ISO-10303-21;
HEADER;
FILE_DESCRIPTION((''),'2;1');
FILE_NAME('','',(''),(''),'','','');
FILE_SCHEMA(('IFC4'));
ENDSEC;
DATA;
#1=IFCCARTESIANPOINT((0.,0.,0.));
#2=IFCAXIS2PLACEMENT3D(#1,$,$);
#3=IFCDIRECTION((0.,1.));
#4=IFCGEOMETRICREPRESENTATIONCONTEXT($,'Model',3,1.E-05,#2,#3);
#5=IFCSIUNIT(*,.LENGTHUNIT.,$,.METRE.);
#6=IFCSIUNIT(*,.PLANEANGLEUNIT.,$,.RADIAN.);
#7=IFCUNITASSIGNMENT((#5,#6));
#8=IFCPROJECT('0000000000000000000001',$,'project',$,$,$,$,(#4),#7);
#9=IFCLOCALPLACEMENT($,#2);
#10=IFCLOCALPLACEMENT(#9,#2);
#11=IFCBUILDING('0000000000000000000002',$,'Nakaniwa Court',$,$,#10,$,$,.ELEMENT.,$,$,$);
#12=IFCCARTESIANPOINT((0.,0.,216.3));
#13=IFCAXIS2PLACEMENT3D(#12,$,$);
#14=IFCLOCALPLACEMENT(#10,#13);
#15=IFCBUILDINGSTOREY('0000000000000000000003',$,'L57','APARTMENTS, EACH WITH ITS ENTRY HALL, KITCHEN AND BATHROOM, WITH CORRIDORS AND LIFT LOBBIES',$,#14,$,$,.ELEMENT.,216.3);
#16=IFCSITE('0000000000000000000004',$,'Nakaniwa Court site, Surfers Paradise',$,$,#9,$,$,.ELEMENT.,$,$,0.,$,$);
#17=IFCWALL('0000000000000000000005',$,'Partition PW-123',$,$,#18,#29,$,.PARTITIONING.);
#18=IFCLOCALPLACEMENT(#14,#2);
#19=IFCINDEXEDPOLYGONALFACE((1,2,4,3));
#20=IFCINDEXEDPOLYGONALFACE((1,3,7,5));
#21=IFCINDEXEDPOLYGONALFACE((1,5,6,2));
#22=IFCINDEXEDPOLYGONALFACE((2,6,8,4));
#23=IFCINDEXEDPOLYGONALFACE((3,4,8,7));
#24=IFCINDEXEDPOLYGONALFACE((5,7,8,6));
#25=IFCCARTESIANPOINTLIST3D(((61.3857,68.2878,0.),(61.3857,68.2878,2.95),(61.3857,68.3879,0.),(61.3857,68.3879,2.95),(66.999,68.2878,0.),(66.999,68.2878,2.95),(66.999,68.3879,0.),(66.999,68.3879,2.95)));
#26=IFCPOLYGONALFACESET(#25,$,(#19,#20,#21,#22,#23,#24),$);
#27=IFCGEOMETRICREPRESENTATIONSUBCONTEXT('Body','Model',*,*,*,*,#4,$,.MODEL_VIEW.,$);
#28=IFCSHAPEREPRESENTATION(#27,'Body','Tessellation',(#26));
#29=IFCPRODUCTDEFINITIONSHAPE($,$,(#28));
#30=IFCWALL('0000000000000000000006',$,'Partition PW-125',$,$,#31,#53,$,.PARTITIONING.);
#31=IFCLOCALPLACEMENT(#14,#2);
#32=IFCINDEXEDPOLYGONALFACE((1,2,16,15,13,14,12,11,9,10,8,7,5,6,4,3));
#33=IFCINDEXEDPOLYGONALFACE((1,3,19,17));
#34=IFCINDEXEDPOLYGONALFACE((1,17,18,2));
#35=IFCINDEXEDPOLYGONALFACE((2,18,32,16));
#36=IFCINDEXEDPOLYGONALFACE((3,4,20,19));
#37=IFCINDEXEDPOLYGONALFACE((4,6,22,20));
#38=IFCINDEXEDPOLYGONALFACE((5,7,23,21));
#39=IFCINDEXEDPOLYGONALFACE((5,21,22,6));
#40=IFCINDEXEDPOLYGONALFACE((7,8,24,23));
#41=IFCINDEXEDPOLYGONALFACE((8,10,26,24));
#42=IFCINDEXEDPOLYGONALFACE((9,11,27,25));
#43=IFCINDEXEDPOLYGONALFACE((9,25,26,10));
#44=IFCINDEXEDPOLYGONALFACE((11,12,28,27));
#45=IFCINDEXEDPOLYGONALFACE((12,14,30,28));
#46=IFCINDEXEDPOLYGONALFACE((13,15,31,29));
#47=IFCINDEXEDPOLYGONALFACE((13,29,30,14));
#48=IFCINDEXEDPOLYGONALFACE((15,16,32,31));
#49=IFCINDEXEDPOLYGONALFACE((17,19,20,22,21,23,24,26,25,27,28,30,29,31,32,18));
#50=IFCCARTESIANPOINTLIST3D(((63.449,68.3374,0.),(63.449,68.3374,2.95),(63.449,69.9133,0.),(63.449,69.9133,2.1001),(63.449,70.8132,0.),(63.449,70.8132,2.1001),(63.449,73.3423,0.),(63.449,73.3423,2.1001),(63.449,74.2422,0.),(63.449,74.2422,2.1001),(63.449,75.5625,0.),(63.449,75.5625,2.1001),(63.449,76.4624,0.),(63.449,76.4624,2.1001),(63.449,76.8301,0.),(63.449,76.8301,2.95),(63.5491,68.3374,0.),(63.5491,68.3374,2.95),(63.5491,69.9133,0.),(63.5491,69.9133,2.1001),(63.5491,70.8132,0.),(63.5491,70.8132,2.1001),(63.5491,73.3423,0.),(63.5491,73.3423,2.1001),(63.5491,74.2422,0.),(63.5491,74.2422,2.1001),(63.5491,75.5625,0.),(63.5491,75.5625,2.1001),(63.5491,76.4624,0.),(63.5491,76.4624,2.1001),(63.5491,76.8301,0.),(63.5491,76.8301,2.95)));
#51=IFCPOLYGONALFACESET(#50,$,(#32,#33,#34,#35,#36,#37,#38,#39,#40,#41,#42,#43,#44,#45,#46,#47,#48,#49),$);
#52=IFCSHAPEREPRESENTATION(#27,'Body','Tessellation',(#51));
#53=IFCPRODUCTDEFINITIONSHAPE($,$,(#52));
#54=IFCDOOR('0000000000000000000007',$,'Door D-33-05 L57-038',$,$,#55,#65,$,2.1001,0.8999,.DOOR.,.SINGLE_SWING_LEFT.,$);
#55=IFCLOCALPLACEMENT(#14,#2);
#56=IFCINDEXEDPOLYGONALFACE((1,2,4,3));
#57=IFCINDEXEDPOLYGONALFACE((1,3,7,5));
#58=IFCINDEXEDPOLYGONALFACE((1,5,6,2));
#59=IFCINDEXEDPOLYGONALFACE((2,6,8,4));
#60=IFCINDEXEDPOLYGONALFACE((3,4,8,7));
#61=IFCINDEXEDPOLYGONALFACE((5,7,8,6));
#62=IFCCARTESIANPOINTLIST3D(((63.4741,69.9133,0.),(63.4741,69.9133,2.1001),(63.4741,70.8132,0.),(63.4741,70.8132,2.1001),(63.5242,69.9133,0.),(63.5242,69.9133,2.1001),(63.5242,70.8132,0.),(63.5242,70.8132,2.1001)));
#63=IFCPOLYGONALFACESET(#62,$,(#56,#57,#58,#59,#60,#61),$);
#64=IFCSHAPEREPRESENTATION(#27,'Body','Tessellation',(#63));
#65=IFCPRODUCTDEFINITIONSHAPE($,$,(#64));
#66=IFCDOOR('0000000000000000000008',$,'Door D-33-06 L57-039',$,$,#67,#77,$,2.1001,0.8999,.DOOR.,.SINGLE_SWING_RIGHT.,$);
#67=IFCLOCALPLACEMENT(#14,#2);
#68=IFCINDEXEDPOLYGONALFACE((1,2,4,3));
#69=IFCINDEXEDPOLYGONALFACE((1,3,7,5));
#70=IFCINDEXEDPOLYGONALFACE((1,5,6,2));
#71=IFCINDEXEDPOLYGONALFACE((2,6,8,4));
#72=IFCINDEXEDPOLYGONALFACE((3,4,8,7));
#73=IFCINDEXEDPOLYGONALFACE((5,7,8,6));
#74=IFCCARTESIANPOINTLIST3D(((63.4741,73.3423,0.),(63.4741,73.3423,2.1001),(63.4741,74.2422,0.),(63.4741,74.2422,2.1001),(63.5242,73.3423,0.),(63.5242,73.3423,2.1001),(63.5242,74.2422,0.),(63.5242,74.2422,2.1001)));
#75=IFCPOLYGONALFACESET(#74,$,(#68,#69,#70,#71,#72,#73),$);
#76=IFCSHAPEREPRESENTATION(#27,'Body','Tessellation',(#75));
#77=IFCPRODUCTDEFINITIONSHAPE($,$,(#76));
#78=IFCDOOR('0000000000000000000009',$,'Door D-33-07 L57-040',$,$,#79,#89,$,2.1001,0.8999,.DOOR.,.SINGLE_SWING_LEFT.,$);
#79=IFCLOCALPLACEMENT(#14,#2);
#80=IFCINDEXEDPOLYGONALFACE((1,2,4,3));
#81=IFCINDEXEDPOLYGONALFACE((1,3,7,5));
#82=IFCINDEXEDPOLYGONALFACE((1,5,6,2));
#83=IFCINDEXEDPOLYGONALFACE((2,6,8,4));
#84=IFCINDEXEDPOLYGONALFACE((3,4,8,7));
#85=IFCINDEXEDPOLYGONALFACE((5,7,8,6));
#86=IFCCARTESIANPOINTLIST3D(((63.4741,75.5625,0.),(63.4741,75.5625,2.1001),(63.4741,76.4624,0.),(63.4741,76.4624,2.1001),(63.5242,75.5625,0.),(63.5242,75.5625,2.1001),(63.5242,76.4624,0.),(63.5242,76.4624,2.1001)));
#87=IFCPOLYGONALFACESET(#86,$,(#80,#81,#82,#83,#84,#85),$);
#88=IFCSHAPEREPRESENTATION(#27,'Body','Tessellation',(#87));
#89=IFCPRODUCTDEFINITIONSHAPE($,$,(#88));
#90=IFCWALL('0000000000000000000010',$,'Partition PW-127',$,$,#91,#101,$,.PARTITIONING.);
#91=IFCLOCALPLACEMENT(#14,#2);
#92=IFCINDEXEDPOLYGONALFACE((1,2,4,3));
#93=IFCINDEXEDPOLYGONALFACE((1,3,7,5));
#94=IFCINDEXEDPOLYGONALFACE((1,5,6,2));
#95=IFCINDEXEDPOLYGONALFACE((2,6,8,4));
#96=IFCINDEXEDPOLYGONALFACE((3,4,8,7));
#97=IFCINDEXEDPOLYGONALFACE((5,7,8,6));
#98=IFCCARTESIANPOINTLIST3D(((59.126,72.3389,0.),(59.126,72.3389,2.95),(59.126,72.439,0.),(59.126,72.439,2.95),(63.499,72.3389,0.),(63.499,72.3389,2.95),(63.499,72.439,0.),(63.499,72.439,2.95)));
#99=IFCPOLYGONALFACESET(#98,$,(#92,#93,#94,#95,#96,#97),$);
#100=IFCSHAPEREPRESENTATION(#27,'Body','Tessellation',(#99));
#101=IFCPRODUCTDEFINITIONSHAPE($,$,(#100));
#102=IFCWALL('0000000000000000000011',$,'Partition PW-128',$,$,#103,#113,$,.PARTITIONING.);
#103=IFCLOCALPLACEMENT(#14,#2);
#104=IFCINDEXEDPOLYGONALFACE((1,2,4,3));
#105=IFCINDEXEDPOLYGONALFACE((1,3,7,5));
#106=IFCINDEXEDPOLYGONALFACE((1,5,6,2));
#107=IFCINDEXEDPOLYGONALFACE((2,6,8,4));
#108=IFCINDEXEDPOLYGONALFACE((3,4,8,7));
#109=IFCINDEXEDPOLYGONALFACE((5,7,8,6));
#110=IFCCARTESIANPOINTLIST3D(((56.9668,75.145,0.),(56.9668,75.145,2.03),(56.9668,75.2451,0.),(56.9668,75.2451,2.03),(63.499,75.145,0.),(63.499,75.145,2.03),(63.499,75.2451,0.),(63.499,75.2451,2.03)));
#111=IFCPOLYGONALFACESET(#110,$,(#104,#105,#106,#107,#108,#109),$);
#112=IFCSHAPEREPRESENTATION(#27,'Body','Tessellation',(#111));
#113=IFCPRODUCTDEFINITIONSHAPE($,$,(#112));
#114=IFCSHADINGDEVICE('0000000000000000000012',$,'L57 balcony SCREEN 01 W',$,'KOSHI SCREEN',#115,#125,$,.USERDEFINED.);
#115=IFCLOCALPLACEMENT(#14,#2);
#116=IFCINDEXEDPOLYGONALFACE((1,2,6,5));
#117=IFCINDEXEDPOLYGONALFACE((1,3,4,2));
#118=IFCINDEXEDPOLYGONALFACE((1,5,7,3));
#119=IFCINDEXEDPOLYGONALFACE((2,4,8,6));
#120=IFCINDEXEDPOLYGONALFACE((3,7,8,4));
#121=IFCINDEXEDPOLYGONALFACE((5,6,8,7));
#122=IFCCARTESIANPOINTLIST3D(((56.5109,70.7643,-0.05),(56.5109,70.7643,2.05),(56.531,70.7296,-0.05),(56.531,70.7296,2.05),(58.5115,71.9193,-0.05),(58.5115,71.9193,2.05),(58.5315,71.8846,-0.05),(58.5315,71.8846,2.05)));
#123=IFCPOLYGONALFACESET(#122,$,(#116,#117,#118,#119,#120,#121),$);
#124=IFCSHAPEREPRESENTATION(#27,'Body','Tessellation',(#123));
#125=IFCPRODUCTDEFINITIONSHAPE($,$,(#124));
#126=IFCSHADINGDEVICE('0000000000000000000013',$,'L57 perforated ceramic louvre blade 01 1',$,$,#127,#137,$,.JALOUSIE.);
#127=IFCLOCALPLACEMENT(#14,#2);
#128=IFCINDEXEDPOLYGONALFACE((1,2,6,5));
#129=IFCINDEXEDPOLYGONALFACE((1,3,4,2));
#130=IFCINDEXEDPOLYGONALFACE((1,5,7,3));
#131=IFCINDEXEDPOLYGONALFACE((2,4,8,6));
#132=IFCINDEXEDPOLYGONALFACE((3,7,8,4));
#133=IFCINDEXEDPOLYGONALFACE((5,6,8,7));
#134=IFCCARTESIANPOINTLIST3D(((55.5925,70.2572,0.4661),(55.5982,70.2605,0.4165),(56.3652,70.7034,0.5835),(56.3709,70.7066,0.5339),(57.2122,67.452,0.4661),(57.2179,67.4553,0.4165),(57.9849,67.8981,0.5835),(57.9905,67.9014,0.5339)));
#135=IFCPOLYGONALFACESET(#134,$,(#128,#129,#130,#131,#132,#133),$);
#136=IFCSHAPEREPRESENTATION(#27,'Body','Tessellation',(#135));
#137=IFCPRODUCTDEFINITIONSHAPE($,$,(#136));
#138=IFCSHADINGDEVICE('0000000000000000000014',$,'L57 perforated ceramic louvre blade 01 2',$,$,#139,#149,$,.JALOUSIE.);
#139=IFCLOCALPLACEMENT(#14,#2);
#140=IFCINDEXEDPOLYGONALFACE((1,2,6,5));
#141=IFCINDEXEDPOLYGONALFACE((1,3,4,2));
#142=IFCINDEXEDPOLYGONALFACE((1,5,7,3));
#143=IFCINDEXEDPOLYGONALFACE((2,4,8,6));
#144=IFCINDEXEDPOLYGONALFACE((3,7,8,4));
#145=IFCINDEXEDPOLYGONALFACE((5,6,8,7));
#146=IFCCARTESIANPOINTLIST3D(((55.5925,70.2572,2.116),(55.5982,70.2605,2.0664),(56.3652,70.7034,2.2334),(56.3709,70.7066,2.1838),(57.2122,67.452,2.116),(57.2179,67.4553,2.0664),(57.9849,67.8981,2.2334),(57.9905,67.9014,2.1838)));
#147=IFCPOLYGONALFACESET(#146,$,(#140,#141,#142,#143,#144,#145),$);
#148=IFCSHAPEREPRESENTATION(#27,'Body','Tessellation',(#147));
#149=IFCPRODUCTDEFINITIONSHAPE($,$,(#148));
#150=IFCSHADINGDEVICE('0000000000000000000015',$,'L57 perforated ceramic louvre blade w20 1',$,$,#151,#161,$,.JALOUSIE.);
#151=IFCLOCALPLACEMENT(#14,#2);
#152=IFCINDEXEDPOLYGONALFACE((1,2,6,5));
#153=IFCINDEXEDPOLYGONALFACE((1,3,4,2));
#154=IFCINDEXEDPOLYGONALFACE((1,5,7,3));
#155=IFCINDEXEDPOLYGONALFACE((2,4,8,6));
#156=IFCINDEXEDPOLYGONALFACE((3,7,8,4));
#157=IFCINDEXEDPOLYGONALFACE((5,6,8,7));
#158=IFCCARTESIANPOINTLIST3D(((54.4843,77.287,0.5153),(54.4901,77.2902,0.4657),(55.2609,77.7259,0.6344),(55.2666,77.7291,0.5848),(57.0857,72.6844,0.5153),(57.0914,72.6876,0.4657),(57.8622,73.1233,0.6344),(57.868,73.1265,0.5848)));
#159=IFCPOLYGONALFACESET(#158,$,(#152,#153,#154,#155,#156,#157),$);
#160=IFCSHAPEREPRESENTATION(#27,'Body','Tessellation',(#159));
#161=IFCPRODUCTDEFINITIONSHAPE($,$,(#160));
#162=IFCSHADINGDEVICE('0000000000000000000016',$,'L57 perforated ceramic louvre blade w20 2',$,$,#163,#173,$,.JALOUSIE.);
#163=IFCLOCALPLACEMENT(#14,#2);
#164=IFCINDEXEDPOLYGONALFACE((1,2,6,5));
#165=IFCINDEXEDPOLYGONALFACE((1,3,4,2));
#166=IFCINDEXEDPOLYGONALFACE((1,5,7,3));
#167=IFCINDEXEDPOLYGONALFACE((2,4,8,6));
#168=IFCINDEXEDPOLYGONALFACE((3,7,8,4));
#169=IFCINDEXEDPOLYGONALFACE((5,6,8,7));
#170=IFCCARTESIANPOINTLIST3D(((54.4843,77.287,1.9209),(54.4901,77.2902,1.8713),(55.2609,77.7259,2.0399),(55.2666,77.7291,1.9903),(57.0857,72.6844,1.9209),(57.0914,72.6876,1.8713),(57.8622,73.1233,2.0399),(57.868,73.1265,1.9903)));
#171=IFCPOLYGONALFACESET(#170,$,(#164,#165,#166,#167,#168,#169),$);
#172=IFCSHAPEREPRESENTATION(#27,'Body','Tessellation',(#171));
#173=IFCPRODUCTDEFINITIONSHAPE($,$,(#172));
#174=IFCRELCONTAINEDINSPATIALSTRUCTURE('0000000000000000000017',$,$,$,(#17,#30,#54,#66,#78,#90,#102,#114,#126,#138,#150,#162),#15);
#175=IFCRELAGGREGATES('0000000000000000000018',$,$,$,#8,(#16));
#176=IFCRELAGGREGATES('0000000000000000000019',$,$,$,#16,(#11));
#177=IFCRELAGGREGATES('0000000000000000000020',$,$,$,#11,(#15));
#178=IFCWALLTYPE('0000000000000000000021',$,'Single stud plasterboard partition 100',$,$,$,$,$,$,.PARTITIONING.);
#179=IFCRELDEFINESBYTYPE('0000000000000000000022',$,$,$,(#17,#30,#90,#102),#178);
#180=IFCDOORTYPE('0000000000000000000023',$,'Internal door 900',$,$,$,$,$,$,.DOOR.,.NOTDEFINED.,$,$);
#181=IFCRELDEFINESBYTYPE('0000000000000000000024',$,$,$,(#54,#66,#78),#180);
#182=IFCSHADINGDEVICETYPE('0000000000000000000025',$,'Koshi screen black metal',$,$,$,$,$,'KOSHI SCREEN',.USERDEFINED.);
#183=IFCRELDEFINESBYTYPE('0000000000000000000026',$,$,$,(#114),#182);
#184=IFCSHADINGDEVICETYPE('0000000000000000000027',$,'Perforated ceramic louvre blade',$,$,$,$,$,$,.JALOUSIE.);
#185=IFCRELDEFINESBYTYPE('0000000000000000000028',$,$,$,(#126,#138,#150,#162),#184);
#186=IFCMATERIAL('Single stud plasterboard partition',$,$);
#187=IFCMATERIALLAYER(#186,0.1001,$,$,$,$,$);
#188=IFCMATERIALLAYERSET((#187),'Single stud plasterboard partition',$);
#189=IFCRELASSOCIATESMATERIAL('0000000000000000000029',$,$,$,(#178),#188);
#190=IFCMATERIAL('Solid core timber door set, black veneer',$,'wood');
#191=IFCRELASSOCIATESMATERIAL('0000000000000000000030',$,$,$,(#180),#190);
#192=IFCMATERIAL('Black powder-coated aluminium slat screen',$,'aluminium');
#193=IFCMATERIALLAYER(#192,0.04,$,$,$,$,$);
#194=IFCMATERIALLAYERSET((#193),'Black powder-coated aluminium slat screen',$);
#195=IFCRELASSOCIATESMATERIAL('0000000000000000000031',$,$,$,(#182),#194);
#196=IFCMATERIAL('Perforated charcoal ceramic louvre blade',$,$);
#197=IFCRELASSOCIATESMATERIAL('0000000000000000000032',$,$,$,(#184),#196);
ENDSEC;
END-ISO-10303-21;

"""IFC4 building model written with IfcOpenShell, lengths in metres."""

from ifc_helpers import new_model, si_unit, direction, frame, frame_2d, origin, origin_2d, place, context, subcontext, project, spatial, rectangle, extrude, material, layer, layer_set, material_profile, profile_set, type_object, element, fill, save


model = new_model("IFC4")

# Units and contexts
model_context = context("Model", 3, precision=1e-05, world=origin(), true_north=direction((0.0, 1.0)))
body_context = subcontext(model_context, "Body", "Model", "MODEL_VIEW")
ifc_project = project(units=[si_unit("LENGTHUNIT", "METRE"), si_unit("PLANEANGLEUNIT", "RADIAN")], contexts=[model_context])

# Site, building, storey
site_placement = place(None, origin())
site = spatial("IfcSite", under=ifc_project, at=site_placement, Name="Nakaniwa Court site, Surfers Paradise", CompositionType="ELEMENT", RefElevation=0.0)
building_placement = place(site_placement, origin())
building = spatial("IfcBuilding", under=site, at=building_placement, Name="Nakaniwa Court", CompositionType="ELEMENT")
storey_placement = place(building_placement, frame((0.0, 0.0, 216.3)))
storey = spatial("IfcBuildingStorey", under=building, at=storey_placement, Name="L57", Description="APARTMENTS, EACH WITH ITS ENTRY HALL, KITCHEN AND BATHROOM, WITH CORRIDORS AND LIFT LOBBIES", CompositionType="ELEMENT", Elevation=216.3)

# Wall
ifc_material_1 = material(Name="Single stud plasterboard partition")
ifc_layer_1 = layer(ifc_material_1, 0.1001)
ifc_layer_set_1 = layer_set([ifc_layer_1], Name="Single stud plasterboard partition")
wall_type_1 = type_object("IfcWallType", Name="Single stud plasterboard partition 100", PredefinedType="PARTITIONING", material=ifc_layer_set_1)
wall_1_placement = place(storey_placement, frame((61.3857, 68.3379, 0.0), z_axis=(0.0, 0.0, 1.0), x_axis=(1.0, 0.0, 0.0)))
element("IfcWall", 1, at=wall_1_placement, inside=storey, type_object=wall_type_1, Name="Partition PW-123", PredefinedType="PARTITIONING", context=body_context, shape_type="SweptSolid", body=[
    extrude(rectangle(XDim=5.6133, YDim=0.1001, at=frame_2d((2.8066, 0.0))), origin(), (0.0, 0.0, 1.0), 2.95),
])

# Wall, openings, doors
wall_2_placement = place(storey_placement, frame((63.499, 68.3374, 0.0), z_axis=(0.0, 0.0, 1.0), x_axis=(0.0, 1.0, 0.0)))
wall_2 = element("IfcWall", 2, at=wall_2_placement, inside=storey, type_object=wall_type_1, Name="Partition PW-125", PredefinedType="PARTITIONING", context=body_context, shape_type="SweptSolid", body=[
    extrude(rectangle(XDim=8.4927, YDim=0.1001, at=frame_2d((4.2463, 0.0))), origin(), (0.0, 0.0, 1.0), 2.95),
])
opening_1_placement = place(wall_2_placement, frame((1.5759, 0.0, 0.0)))
opening_1 = element("IfcOpeningElement", 3, at=opening_1_placement, cuts=wall_2, PredefinedType="OPENING", context=body_context, shape_type="SweptSolid", body=[
    extrude(rectangle(XDim=0.8999, YDim=2.1001, at=frame_2d((0.45, 1.05))), frame((0.0, 0.0601, 0.0), z_axis=(0.0, -1.0, 0.0), x_axis=(1.0, 0.0, 0.0)), (0.0, 0.0, 1.0), 0.1201),
])
opening_2_placement = place(wall_2_placement, frame((5.0049, 0.0, 0.0)))
opening_2 = element("IfcOpeningElement", 4, at=opening_2_placement, cuts=wall_2, PredefinedType="OPENING", context=body_context, shape_type="SweptSolid", body=[
    extrude(rectangle(XDim=0.8999, YDim=2.1001, at=frame_2d((0.45, 1.05))), frame((0.0, 0.0601, 0.0), z_axis=(0.0, -1.0, 0.0), x_axis=(1.0, 0.0, 0.0)), (0.0, 0.0, 1.0), 0.1201),
])
opening_3_placement = place(wall_2_placement, frame((7.2251, 0.0, 0.0)))
opening_3 = element("IfcOpeningElement", 5, at=opening_3_placement, cuts=wall_2, PredefinedType="OPENING", context=body_context, shape_type="SweptSolid", body=[
    extrude(rectangle(XDim=0.8999, YDim=2.1001, at=frame_2d((0.45, 1.05))), frame((0.0, 0.0601, 0.0), z_axis=(0.0, -1.0, 0.0), x_axis=(1.0, 0.0, 0.0)), (0.0, 0.0, 1.0), 0.1201),
])
ifc_material_2 = material(Name="Solid core timber door set, black veneer", Category="wood")
door_type_1 = type_object("IfcDoorType", Name="Internal door 900", OperationType="NOTDEFINED", PredefinedType="DOOR", material=ifc_material_2)
door_1_placement = place(opening_1_placement, origin())
door_1 = element("IfcDoor", 6, at=door_1_placement, inside=storey, type_object=door_type_1, Name="Door D-33-05 L57-038", OperationType="SINGLE_SWING_LEFT", OverallHeight=2.1001, OverallWidth=0.8999, PredefinedType="DOOR", context=body_context, shape_type="SweptSolid", body=[
    extrude(rectangle(XDim=0.8999, YDim=2.1001, at=frame_2d((0.45, 1.05))), frame((0.0, 0.0249, 0.0), z_axis=(0.0, -1.0, 0.0), x_axis=(1.0, 0.0, 0.0)), (0.0, 0.0, 1.0), 0.05),
])
fill(opening_1, door_1)
door_2_placement = place(opening_2_placement, origin())
door_2 = element("IfcDoor", 7, at=door_2_placement, inside=storey, type_object=door_type_1, Name="Door D-33-06 L57-039", OperationType="SINGLE_SWING_RIGHT", OverallHeight=2.1001, OverallWidth=0.8999, PredefinedType="DOOR", context=body_context, shape_type="SweptSolid", body=[
    extrude(rectangle(XDim=0.8999, YDim=2.1001, at=frame_2d((0.45, 1.05))), frame((0.0, 0.0249, 0.0), z_axis=(0.0, -1.0, 0.0), x_axis=(1.0, 0.0, 0.0)), (0.0, 0.0, 1.0), 0.05),
])
fill(opening_2, door_2)
door_3_placement = place(opening_3_placement, origin())
door_3 = element("IfcDoor", 8, at=door_3_placement, inside=storey, type_object=door_type_1, Name="Door D-33-07 L57-040", OperationType="SINGLE_SWING_LEFT", OverallHeight=2.1001, OverallWidth=0.8999, PredefinedType="DOOR", context=body_context, shape_type="SweptSolid", body=[
    extrude(rectangle(XDim=0.8999, YDim=2.1001, at=frame_2d((0.45, 1.05))), frame((0.0, 0.0249, 0.0), z_axis=(0.0, -1.0, 0.0), x_axis=(1.0, 0.0, 0.0)), (0.0, 0.0, 1.0), 0.05),
])
fill(opening_3, door_3)

# Walls
wall_3_placement = place(storey_placement, frame((59.126, 72.3889, 0.0), z_axis=(0.0, 0.0, 1.0), x_axis=(1.0, 0.0, 0.0)))
element("IfcWall", 9, at=wall_3_placement, inside=storey, type_object=wall_type_1, Name="Partition PW-127", PredefinedType="PARTITIONING", context=body_context, shape_type="SweptSolid", body=[
    extrude(rectangle(XDim=4.373, YDim=0.1001, at=frame_2d((2.1865, 0.0))), origin(), (0.0, 0.0, 1.0), 2.95),
])
wall_4_placement = place(storey_placement, frame((56.9668, 75.1951, 0.0), z_axis=(0.0, 0.0, 1.0), x_axis=(1.0, 0.0, 0.0)))
element("IfcWall", 10, at=wall_4_placement, inside=storey, type_object=wall_type_1, Name="Partition PW-128", PredefinedType="PARTITIONING", context=body_context, shape_type="SweptSolid", body=[
    extrude(rectangle(XDim=6.5322, YDim=0.1001, at=frame_2d((3.2661, 0.0))), origin(), (0.0, 0.0, 1.0), 2.03),
])

# Shading devices
ifc_material_3 = material(Name="Black powder-coated aluminium slat screen", Category="aluminium")
ifc_layer_2 = layer(ifc_material_3, 0.04)
ifc_layer_set_2 = layer_set([ifc_layer_2], Name="Black powder-coated aluminium slat screen")
shading_device_type_1 = type_object("IfcShadingDeviceType", Name="Koshi screen black metal", ElementType="KOSHI SCREEN", PredefinedType="USERDEFINED", material=ifc_layer_set_2)
shading_device_placement = place(storey_placement, frame((57.5212, 71.3245, -0.05), z_axis=(0.0, 0.0, 1.0), x_axis=(0.499986, -0.866033, 0.0)))
element("IfcShadingDevice", 11, at=shading_device_placement, inside=storey, type_object=shading_device_type_1, Name="L57 balcony SCREEN 01 W", ObjectType="KOSHI SCREEN", PredefinedType="USERDEFINED", context=body_context, shape_type="SweptSolid", body=[
    extrude(rectangle(XDim=0.04, YDim=2.3101, at=origin_2d()), origin(), (0.0, 0.0, 1.0), 2.1001),
])
ifc_material_4 = material(Name="Perforated charcoal ceramic louvre blade")
ifc_material_profile_1 = material_profile(ifc_material_4, rectangle(XDim=0.8999, YDim=0.05, at=origin_2d()), Name="Perforated ceramic louvre blade")
ifc_profile_set_1 = profile_set([ifc_material_profile_1], Name="Perforated charcoal ceramic louvre blade")
shading_device_type_2 = type_object("IfcShadingDeviceType", Name="Perforated ceramic louvre blade", PredefinedType="JALOUSIE", material=ifc_profile_set_1)
for number, where, z_axis, x_axis, name in (
    (12, (55.9817, 70.4819, 0.5), (0.500014, -0.866017, 0.0), (0.858608, 0.495736, 0.130526), "L57 perforated ceramic louvre blade 01 1"),
    (13, (55.9817, 70.4819, 2.1499), (0.500014, -0.866017, 0.0), (0.858608, 0.495736, 0.130526), "L57 perforated ceramic louvre blade 01 2"),
):
    element("IfcShadingDevice", number, at=place(storey_placement, frame(where, z_axis=z_axis, x_axis=x_axis)), inside=storey, type_object=shading_device_type_2, Name=name, PredefinedType="JALOUSIE", context=body_context, shape_type="SweptSolid", body=[
        extrude(rectangle(XDim=0.8999, YDim=0.05, at=origin_2d()), origin(), (0.0, 0.0, 1.0), 3.2393),
    ])
for number, where, z_axis, x_axis, name in (
    (14, (54.8755, 77.5081, 0.55), (0.492041, -0.870572, 0.0), (0.862925, 0.487718, 0.132256), "L57 perforated ceramic louvre blade w20 1"),
    (15, (54.8755, 77.5081, 1.9556), (0.492041, -0.870572, 0.0), (0.862925, 0.487718, 0.132256), "L57 perforated ceramic louvre blade w20 2"),
):
    element("IfcShadingDevice", number, at=place(storey_placement, frame(where, z_axis=z_axis, x_axis=x_axis)), inside=storey, type_object=shading_device_type_2, Name=name, PredefinedType="JALOUSIE", context=body_context, shape_type="SweptSolid", body=[
        extrude(rectangle(XDim=0.8999, YDim=0.05, at=origin_2d()), origin(), (0.0, 0.0, 1.0), 5.2869),
    ])

save(model, "model.ifc")
